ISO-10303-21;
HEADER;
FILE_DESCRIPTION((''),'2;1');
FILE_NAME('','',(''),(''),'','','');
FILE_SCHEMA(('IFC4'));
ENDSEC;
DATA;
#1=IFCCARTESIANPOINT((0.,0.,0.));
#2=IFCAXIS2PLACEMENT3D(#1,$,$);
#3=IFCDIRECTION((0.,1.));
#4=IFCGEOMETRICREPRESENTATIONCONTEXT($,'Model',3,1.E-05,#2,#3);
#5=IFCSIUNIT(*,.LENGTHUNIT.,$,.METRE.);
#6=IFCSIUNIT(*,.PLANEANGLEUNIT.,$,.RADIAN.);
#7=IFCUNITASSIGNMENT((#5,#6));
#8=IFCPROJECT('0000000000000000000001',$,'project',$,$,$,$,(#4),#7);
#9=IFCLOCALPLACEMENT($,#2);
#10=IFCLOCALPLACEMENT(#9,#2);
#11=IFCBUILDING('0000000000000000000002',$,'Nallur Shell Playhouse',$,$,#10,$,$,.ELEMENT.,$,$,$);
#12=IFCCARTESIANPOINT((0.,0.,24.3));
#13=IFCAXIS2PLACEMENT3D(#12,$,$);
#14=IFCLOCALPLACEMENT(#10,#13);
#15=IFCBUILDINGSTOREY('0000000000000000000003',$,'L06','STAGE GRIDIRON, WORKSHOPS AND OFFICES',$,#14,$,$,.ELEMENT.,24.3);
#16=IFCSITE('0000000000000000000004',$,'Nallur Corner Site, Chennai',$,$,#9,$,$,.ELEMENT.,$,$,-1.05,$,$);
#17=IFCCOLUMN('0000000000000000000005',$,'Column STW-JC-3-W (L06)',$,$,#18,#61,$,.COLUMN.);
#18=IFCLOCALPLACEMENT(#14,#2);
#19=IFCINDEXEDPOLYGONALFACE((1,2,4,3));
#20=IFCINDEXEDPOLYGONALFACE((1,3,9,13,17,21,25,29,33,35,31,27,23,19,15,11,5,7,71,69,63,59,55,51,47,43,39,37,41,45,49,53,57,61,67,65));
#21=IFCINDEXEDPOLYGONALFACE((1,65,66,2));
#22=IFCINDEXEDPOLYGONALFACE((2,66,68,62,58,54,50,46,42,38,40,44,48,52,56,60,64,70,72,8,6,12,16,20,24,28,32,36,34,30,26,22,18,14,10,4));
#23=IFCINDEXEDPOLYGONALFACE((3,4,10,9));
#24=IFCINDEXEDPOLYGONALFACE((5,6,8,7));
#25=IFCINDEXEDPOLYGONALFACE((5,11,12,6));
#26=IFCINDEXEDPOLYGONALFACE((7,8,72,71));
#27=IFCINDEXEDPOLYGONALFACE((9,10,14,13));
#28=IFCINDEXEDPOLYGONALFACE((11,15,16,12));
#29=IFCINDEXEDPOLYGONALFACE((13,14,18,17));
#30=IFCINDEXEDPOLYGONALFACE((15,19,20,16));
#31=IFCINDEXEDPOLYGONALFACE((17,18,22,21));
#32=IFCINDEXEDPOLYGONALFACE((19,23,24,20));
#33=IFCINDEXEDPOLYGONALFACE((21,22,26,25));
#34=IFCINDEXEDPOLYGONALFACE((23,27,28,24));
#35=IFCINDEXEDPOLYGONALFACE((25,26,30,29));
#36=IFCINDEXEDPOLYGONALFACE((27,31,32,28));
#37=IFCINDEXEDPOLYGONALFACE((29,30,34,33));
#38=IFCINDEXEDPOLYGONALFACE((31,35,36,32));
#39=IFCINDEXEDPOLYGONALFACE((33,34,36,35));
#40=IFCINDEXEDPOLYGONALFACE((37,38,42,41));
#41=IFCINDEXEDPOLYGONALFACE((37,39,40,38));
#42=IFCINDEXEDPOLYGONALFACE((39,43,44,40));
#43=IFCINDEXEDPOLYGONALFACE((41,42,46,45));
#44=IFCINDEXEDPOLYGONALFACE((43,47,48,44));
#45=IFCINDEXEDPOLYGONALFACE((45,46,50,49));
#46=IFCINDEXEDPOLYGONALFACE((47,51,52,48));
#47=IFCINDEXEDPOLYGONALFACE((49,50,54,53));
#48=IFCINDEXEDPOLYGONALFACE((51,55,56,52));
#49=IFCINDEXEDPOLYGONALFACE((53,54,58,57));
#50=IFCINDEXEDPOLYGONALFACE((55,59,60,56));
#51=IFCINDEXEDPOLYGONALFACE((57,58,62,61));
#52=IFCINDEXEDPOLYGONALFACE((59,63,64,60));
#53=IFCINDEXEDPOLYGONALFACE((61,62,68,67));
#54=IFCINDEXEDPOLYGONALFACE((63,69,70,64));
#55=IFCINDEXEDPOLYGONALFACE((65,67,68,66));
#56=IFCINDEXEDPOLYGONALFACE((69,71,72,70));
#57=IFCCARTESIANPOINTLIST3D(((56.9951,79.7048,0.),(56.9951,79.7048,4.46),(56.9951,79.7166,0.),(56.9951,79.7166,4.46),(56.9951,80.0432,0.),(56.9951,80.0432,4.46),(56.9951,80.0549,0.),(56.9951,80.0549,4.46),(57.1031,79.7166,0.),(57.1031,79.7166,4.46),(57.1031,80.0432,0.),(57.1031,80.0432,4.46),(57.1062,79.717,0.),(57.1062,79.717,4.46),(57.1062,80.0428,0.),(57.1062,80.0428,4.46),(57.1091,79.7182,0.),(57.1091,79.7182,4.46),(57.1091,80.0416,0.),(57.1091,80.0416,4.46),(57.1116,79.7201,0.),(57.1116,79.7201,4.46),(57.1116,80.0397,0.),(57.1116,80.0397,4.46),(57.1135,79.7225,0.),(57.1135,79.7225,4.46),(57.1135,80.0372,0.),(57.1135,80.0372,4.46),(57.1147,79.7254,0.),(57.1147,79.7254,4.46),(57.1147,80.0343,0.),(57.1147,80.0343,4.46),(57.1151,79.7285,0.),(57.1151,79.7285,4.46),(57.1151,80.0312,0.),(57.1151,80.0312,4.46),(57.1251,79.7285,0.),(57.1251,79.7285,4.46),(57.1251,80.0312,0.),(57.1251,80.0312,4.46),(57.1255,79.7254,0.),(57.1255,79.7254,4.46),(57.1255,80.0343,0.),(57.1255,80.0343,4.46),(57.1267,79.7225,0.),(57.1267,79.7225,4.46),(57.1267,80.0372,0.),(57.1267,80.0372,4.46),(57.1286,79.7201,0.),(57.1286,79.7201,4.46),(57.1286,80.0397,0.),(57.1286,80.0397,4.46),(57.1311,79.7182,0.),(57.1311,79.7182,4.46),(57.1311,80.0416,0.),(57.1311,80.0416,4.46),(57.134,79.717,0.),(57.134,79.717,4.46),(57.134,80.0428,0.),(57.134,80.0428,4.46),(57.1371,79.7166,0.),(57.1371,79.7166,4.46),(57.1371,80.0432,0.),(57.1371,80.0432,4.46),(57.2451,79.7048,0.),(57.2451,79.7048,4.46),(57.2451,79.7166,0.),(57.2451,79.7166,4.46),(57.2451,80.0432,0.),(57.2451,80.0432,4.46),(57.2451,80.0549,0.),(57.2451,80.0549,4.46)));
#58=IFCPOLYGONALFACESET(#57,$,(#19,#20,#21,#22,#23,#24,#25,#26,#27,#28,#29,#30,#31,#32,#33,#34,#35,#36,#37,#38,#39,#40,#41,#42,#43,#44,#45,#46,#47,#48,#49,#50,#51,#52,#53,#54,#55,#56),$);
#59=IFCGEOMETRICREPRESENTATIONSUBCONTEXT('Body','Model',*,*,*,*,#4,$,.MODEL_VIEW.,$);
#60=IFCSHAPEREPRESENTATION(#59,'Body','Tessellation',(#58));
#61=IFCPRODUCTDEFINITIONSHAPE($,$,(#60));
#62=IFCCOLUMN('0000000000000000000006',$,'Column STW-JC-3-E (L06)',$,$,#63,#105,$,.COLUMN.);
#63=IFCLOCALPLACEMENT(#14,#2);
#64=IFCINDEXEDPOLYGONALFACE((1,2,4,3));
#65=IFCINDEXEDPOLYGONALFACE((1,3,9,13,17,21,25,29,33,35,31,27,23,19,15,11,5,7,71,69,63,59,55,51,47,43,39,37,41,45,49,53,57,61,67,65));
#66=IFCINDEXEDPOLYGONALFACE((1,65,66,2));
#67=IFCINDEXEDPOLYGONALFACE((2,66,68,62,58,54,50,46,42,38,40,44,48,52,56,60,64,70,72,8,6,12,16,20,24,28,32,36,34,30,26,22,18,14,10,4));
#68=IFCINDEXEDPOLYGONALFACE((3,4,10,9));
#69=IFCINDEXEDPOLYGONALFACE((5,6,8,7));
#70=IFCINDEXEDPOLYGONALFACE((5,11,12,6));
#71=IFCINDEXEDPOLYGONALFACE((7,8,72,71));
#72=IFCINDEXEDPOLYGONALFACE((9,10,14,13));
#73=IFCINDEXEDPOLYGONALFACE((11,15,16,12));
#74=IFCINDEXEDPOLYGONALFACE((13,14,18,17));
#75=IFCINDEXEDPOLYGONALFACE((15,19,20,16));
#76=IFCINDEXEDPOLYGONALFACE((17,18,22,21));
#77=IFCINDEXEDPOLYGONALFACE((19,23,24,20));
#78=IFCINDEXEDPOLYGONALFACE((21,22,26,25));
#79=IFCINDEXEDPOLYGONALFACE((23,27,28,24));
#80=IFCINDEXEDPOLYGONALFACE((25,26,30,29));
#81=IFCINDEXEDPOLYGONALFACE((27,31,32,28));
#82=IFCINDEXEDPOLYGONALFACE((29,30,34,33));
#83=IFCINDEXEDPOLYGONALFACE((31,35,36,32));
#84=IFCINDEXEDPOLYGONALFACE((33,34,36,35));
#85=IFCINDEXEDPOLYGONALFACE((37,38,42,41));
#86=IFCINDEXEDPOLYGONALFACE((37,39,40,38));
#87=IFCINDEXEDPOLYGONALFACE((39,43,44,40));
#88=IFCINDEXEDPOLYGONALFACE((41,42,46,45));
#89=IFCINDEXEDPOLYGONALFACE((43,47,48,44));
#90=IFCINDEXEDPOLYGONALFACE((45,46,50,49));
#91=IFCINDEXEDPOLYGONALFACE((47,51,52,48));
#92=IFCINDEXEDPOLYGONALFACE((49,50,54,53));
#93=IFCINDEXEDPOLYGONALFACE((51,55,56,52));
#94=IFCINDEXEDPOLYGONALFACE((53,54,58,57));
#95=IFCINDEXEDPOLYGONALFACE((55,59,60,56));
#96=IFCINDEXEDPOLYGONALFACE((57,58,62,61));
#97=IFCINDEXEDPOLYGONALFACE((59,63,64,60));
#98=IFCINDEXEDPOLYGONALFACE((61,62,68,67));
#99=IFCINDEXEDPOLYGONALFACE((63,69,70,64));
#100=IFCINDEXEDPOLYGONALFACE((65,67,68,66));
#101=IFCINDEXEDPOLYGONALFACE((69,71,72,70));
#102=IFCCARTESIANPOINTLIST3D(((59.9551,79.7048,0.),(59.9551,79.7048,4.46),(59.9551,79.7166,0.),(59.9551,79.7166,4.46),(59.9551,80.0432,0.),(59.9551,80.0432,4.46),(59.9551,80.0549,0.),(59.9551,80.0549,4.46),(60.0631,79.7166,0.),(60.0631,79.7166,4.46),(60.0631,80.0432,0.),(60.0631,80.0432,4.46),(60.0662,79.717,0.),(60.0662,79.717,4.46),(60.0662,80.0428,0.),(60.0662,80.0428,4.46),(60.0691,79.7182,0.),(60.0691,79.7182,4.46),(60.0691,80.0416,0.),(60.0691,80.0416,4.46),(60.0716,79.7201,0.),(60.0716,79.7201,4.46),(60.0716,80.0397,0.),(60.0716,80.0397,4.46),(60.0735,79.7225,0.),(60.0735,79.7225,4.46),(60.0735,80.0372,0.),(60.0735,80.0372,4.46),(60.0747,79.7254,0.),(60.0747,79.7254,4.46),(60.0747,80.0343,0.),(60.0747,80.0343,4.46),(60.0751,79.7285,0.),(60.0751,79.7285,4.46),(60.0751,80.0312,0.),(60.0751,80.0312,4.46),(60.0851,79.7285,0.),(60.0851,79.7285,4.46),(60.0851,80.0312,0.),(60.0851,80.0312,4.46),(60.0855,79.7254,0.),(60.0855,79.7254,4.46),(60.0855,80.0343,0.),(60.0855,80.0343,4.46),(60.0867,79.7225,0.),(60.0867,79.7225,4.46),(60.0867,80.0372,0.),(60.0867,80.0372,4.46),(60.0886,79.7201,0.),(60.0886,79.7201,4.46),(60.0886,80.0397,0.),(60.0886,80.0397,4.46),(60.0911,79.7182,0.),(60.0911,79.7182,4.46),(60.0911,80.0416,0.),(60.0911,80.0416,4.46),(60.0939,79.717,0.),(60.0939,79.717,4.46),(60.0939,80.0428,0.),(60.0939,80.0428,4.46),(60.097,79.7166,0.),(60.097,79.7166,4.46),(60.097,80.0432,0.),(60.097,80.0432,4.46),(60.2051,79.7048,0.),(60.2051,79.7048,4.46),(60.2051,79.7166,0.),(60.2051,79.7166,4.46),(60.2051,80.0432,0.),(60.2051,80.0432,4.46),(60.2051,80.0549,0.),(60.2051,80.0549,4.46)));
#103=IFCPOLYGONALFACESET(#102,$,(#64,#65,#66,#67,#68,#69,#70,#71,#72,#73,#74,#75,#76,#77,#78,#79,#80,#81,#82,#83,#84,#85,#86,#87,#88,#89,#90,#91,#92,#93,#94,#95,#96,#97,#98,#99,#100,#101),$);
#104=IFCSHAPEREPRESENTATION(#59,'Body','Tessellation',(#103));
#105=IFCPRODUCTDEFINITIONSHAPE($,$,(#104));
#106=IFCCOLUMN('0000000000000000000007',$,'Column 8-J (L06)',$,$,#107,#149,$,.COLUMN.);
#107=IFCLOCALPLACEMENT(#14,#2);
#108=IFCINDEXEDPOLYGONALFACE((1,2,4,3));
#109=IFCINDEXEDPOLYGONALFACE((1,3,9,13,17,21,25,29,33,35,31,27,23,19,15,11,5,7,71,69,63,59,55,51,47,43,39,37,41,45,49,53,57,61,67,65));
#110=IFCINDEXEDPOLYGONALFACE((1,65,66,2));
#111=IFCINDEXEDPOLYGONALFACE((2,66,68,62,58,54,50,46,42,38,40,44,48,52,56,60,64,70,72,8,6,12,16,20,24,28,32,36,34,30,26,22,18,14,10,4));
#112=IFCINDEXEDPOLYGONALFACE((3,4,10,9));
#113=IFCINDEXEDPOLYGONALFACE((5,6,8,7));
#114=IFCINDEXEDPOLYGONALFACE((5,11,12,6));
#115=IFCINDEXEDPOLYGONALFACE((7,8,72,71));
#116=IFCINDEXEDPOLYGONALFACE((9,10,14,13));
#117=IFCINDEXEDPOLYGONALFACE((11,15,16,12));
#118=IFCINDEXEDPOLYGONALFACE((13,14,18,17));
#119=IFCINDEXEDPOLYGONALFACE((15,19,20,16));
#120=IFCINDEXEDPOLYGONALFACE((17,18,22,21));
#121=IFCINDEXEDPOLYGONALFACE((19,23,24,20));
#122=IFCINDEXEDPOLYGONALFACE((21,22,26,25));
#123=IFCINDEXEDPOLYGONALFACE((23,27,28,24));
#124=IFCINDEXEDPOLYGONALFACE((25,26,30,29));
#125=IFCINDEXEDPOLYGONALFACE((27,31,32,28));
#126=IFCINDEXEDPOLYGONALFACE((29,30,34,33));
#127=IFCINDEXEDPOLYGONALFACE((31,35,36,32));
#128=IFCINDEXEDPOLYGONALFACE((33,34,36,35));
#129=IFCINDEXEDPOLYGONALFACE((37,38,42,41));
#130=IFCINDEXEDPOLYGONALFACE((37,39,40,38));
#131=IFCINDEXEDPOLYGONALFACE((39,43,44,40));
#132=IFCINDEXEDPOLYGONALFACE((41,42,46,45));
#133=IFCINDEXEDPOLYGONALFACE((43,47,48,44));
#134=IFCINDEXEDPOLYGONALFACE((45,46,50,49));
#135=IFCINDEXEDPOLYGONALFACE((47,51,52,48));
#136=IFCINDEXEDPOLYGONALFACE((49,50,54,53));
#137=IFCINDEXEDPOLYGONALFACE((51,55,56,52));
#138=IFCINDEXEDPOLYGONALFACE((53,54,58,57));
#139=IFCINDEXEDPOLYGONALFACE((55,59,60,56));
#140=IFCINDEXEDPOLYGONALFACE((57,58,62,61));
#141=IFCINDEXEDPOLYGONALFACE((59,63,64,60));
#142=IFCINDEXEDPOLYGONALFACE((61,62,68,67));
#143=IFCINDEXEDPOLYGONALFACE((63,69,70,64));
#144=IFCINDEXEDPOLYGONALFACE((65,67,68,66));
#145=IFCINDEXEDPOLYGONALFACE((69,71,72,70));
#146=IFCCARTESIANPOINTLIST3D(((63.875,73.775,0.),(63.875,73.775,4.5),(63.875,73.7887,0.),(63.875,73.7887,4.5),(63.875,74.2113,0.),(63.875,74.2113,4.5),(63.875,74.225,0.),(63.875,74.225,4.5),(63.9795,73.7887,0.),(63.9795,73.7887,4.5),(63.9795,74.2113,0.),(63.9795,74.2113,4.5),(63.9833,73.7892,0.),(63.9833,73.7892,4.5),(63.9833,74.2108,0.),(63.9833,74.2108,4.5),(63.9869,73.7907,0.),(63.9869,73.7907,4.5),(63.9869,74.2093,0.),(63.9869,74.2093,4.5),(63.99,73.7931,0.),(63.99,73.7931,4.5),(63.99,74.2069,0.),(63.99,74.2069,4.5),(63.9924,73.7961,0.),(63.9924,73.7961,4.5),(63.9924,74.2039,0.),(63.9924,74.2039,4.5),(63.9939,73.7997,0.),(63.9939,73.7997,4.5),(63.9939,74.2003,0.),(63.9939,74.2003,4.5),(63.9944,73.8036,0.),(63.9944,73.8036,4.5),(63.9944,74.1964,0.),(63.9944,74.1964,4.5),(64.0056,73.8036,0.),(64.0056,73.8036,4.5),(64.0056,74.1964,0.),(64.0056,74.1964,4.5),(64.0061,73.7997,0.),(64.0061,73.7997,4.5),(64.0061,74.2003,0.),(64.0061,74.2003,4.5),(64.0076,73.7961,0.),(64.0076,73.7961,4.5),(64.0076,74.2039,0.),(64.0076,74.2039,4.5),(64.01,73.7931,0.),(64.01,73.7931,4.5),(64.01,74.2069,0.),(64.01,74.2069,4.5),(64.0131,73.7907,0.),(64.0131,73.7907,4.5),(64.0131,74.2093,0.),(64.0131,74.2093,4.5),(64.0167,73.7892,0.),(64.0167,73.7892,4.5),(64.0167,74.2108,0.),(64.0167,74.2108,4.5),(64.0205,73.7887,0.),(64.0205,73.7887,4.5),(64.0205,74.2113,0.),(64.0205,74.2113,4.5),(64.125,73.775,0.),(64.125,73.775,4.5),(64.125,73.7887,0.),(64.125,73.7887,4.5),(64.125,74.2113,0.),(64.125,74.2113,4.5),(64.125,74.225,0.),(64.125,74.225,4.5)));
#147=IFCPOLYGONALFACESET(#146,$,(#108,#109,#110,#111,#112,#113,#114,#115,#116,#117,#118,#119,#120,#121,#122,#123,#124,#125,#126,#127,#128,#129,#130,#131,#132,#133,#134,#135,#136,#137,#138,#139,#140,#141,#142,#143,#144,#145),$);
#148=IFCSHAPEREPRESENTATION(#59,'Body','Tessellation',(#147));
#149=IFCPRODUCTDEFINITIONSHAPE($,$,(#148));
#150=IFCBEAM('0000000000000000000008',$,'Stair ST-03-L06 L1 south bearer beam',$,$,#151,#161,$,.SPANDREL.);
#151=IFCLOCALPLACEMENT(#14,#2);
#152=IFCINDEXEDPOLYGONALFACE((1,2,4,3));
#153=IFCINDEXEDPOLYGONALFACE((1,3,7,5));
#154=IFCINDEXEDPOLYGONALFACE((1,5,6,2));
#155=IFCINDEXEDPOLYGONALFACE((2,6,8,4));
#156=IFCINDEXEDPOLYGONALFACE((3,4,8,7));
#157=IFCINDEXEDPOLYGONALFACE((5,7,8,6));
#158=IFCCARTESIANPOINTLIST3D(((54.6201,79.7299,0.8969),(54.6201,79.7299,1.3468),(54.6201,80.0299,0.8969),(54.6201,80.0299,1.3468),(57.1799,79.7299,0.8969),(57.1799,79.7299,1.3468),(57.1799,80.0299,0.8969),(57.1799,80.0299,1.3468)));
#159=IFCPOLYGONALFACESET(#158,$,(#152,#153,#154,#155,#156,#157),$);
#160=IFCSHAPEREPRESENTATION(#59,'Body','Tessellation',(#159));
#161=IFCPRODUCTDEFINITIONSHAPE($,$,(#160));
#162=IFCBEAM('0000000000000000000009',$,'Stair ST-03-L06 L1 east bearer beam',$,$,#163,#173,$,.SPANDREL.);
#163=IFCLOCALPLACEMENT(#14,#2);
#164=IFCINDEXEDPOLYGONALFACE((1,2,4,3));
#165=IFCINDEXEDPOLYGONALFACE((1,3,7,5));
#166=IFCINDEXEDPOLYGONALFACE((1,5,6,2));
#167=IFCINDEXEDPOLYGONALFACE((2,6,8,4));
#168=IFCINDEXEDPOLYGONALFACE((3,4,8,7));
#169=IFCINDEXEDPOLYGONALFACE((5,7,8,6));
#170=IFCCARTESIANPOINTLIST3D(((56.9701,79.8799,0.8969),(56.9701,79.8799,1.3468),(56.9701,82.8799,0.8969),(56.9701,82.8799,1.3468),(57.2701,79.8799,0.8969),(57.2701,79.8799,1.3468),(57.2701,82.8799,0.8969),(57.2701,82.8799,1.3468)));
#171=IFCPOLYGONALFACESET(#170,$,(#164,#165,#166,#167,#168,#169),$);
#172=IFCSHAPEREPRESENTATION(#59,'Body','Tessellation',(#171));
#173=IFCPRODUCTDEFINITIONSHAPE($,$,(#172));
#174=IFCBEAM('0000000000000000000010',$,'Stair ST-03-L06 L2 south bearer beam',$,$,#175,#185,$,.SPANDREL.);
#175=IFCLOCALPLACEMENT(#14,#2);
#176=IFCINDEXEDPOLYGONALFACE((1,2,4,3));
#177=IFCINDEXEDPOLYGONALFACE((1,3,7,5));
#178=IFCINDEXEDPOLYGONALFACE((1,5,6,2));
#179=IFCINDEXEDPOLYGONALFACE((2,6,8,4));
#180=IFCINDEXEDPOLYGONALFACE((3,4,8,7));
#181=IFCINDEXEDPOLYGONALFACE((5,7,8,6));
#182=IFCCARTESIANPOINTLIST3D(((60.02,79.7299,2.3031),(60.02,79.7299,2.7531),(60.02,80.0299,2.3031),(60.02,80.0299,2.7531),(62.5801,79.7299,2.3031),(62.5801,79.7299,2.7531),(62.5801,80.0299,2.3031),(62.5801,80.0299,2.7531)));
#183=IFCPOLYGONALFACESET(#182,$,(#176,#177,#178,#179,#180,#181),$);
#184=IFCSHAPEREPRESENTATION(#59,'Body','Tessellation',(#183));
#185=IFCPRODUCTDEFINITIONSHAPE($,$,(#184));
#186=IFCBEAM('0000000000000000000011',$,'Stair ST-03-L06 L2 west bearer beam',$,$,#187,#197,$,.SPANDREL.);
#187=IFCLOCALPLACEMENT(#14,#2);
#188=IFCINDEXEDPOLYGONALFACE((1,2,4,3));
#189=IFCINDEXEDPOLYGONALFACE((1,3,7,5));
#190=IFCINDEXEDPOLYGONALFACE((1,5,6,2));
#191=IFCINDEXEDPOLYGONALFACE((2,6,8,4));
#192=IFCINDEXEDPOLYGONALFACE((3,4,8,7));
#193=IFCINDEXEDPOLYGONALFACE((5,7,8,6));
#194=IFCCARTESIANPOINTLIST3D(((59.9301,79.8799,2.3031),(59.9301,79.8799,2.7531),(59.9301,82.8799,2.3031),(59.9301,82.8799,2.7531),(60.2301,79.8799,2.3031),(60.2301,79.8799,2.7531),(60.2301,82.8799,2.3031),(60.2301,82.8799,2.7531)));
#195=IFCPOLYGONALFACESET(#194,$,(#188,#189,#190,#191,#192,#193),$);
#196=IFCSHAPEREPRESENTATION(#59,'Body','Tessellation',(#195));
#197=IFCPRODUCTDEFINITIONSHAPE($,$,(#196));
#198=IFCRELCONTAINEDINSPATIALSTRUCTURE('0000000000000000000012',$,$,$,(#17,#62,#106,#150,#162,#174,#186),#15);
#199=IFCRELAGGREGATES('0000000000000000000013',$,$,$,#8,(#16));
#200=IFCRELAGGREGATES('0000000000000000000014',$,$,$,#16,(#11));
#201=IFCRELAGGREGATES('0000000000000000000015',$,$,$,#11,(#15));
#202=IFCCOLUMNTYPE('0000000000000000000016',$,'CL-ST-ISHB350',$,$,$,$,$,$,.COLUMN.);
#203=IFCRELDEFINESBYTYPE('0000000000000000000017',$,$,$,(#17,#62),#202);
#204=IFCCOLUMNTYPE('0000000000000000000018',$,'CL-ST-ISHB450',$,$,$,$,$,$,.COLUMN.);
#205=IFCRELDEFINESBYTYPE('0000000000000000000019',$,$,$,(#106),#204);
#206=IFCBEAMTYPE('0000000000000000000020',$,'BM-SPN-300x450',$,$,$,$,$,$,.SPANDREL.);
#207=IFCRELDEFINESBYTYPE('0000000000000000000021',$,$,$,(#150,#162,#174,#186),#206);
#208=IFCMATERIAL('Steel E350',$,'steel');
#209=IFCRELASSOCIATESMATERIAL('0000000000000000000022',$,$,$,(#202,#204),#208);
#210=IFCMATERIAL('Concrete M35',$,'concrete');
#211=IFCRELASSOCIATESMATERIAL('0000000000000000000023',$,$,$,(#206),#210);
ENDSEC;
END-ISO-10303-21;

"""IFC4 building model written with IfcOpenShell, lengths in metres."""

from ifc_helpers import new_model, si_unit, direction, frame, origin, origin_2d, place, context, subcontext, project, spatial, rectangle, i_section, extrude, material, material_profile, profile_set, type_object, element, save


model = new_model("IFC4")

# Units and contexts
model_context = context("Model", 3, precision=1e-05, world=origin(), true_north=direction((0.0, 1.0)))
body_context = subcontext(model_context, "Body", "Model", "MODEL_VIEW")
ifc_project = project(units=[si_unit("LENGTHUNIT", "METRE"), si_unit("PLANEANGLEUNIT", "RADIAN")], contexts=[model_context])

# Site, building, storey
site_placement = place(None, origin())
site = spatial("IfcSite", under=ifc_project, at=site_placement, Name="Nallur Corner Site, Chennai", CompositionType="ELEMENT", RefElevation=-1.05)
building_placement = place(site_placement, origin())
building = spatial("IfcBuilding", under=site, at=building_placement, Name="Nallur Shell Playhouse", CompositionType="ELEMENT")
storey_placement = place(building_placement, frame((0.0, 0.0, 24.3)))
storey = spatial("IfcBuildingStorey", under=building, at=storey_placement, Name="L06", Description="STAGE GRIDIRON, WORKSHOPS AND OFFICES", CompositionType="ELEMENT", Elevation=24.3)

# Columns
ifc_material_1 = material(Name="Steel E350", Category="steel")
ifc_material_profile_1 = material_profile(ifc_material_1, i_section(OverallWidth=0.25, OverallDepth=0.3501, WebThickness=0.01, FlangeThickness=0.0117, FilletRadius=0.012, at=origin_2d()), Name="ISHB 350")
ifc_profile_set_1 = profile_set([ifc_material_profile_1], Name="Steel E350")
column_type_1 = type_object("IfcColumnType", Name="CL-ST-ISHB350", PredefinedType="COLUMN", material=ifc_profile_set_1)
for number, where, z_axis, x_axis, name in (
    (1, (57.1201, 79.8799, 0.0), (0.0, 0.0, 1.0), (1.0, 0.0, 0.0), "Column STW-JC-3-W (L06)"),
    (2, (60.0801, 79.8799, 0.0), (0.0, 0.0, 1.0), (1.0, 0.0, 0.0), "Column STW-JC-3-E (L06)"),
):
    element("IfcColumn", number, at=place(storey_placement, frame(where, z_axis=z_axis, x_axis=x_axis)), inside=storey, type_object=column_type_1, Name=name, PredefinedType="COLUMN", context=body_context, shape_type="SweptSolid", body=[
        extrude(i_section(OverallWidth=0.25, OverallDepth=0.3501, WebThickness=0.01, FlangeThickness=0.0117, FilletRadius=0.012, at=origin_2d()), origin(), (0.0, 0.0, 1.0), 4.46),
    ])
ifc_material_profile_2 = material_profile(ifc_material_1, i_section(OverallWidth=0.25, OverallDepth=0.45, WebThickness=0.0112, FlangeThickness=0.0137, FilletRadius=0.0149, at=origin_2d()), Name="ISHB 450")
ifc_profile_set_2 = profile_set([ifc_material_profile_2], Name="Steel E350")
column_type_2 = type_object("IfcColumnType", Name="CL-ST-ISHB450", PredefinedType="COLUMN", material=ifc_profile_set_2)
column_placement = place(storey_placement, frame((64.0, 74.0, 0.0), z_axis=(0.0, 0.0, 1.0), x_axis=(1.0, 0.0, 0.0)))
element("IfcColumn", 3, at=column_placement, inside=storey, type_object=column_type_2, Name="Column 8-J (L06)", PredefinedType="COLUMN", context=body_context, shape_type="SweptSolid", body=[
    extrude(i_section(OverallWidth=0.25, OverallDepth=0.45, WebThickness=0.0112, FlangeThickness=0.0137, FilletRadius=0.0149, at=origin_2d()), origin(), (0.0, 0.0, 1.0), 4.5),
])

# Beams
ifc_material_2 = material(Name="Concrete M35", Category="concrete")
ifc_material_profile_3 = material_profile(ifc_material_2, rectangle(XDim=0.3, YDim=0.45, at=origin_2d()), Name="RC 300x450")
ifc_profile_set_3 = profile_set([ifc_material_profile_3], Name="Concrete M35")
beam_type = type_object("IfcBeamType", Name="BM-SPN-300x450", PredefinedType="SPANDREL", material=ifc_profile_set_3)
beam_1_placement = place(storey_placement, frame((54.6201, 79.8799, 1.1218), z_axis=(1.0, 0.0, 0.0), x_axis=(0.0, 1.0, 0.0)))
element("IfcBeam", 4, at=beam_1_placement, inside=storey, type_object=beam_type, Name="Stair ST-03-L06 L1 south bearer beam", PredefinedType="SPANDREL", context=body_context, shape_type="SweptSolid", body=[
    extrude(rectangle(XDim=0.3, YDim=0.45, at=origin_2d()), origin(), (0.0, 0.0, 1.0), 2.5598),
])
beam_2_placement = place(storey_placement, frame((57.1201, 79.8799, 1.1218), z_axis=(0.0, 1.0, 0.0), x_axis=(-1.0, 0.0, 0.0)))
element("IfcBeam", 5, at=beam_2_placement, inside=storey, type_object=beam_type, Name="Stair ST-03-L06 L1 east bearer beam", PredefinedType="SPANDREL", context=body_context, shape_type="SweptSolid", body=[
    extrude(rectangle(XDim=0.3, YDim=0.45, at=origin_2d()), origin(), (0.0, 0.0, 1.0), 3.0),
])
beam_3_placement = place(storey_placement, frame((60.02, 79.8799, 2.5281), z_axis=(1.0, 0.0, 0.0), x_axis=(0.0, 1.0, 0.0)))
element("IfcBeam", 6, at=beam_3_placement, inside=storey, type_object=beam_type, Name="Stair ST-03-L06 L2 south bearer beam", PredefinedType="SPANDREL", context=body_context, shape_type="SweptSolid", body=[
    extrude(rectangle(XDim=0.3, YDim=0.45, at=origin_2d()), origin(), (0.0, 0.0, 1.0), 2.5601),
])
beam_4_placement = place(storey_placement, frame((60.0801, 79.8799, 2.5281), z_axis=(0.0, 1.0, 0.0), x_axis=(-1.0, 0.0, 0.0)))
element("IfcBeam", 7, at=beam_4_placement, inside=storey, type_object=beam_type, Name="Stair ST-03-L06 L2 west bearer beam", PredefinedType="SPANDREL", context=body_context, shape_type="SweptSolid", body=[
    extrude(rectangle(XDim=0.3, YDim=0.45, at=origin_2d()), origin(), (0.0, 0.0, 1.0), 3.0),
])

save(model, "model.ifc")
